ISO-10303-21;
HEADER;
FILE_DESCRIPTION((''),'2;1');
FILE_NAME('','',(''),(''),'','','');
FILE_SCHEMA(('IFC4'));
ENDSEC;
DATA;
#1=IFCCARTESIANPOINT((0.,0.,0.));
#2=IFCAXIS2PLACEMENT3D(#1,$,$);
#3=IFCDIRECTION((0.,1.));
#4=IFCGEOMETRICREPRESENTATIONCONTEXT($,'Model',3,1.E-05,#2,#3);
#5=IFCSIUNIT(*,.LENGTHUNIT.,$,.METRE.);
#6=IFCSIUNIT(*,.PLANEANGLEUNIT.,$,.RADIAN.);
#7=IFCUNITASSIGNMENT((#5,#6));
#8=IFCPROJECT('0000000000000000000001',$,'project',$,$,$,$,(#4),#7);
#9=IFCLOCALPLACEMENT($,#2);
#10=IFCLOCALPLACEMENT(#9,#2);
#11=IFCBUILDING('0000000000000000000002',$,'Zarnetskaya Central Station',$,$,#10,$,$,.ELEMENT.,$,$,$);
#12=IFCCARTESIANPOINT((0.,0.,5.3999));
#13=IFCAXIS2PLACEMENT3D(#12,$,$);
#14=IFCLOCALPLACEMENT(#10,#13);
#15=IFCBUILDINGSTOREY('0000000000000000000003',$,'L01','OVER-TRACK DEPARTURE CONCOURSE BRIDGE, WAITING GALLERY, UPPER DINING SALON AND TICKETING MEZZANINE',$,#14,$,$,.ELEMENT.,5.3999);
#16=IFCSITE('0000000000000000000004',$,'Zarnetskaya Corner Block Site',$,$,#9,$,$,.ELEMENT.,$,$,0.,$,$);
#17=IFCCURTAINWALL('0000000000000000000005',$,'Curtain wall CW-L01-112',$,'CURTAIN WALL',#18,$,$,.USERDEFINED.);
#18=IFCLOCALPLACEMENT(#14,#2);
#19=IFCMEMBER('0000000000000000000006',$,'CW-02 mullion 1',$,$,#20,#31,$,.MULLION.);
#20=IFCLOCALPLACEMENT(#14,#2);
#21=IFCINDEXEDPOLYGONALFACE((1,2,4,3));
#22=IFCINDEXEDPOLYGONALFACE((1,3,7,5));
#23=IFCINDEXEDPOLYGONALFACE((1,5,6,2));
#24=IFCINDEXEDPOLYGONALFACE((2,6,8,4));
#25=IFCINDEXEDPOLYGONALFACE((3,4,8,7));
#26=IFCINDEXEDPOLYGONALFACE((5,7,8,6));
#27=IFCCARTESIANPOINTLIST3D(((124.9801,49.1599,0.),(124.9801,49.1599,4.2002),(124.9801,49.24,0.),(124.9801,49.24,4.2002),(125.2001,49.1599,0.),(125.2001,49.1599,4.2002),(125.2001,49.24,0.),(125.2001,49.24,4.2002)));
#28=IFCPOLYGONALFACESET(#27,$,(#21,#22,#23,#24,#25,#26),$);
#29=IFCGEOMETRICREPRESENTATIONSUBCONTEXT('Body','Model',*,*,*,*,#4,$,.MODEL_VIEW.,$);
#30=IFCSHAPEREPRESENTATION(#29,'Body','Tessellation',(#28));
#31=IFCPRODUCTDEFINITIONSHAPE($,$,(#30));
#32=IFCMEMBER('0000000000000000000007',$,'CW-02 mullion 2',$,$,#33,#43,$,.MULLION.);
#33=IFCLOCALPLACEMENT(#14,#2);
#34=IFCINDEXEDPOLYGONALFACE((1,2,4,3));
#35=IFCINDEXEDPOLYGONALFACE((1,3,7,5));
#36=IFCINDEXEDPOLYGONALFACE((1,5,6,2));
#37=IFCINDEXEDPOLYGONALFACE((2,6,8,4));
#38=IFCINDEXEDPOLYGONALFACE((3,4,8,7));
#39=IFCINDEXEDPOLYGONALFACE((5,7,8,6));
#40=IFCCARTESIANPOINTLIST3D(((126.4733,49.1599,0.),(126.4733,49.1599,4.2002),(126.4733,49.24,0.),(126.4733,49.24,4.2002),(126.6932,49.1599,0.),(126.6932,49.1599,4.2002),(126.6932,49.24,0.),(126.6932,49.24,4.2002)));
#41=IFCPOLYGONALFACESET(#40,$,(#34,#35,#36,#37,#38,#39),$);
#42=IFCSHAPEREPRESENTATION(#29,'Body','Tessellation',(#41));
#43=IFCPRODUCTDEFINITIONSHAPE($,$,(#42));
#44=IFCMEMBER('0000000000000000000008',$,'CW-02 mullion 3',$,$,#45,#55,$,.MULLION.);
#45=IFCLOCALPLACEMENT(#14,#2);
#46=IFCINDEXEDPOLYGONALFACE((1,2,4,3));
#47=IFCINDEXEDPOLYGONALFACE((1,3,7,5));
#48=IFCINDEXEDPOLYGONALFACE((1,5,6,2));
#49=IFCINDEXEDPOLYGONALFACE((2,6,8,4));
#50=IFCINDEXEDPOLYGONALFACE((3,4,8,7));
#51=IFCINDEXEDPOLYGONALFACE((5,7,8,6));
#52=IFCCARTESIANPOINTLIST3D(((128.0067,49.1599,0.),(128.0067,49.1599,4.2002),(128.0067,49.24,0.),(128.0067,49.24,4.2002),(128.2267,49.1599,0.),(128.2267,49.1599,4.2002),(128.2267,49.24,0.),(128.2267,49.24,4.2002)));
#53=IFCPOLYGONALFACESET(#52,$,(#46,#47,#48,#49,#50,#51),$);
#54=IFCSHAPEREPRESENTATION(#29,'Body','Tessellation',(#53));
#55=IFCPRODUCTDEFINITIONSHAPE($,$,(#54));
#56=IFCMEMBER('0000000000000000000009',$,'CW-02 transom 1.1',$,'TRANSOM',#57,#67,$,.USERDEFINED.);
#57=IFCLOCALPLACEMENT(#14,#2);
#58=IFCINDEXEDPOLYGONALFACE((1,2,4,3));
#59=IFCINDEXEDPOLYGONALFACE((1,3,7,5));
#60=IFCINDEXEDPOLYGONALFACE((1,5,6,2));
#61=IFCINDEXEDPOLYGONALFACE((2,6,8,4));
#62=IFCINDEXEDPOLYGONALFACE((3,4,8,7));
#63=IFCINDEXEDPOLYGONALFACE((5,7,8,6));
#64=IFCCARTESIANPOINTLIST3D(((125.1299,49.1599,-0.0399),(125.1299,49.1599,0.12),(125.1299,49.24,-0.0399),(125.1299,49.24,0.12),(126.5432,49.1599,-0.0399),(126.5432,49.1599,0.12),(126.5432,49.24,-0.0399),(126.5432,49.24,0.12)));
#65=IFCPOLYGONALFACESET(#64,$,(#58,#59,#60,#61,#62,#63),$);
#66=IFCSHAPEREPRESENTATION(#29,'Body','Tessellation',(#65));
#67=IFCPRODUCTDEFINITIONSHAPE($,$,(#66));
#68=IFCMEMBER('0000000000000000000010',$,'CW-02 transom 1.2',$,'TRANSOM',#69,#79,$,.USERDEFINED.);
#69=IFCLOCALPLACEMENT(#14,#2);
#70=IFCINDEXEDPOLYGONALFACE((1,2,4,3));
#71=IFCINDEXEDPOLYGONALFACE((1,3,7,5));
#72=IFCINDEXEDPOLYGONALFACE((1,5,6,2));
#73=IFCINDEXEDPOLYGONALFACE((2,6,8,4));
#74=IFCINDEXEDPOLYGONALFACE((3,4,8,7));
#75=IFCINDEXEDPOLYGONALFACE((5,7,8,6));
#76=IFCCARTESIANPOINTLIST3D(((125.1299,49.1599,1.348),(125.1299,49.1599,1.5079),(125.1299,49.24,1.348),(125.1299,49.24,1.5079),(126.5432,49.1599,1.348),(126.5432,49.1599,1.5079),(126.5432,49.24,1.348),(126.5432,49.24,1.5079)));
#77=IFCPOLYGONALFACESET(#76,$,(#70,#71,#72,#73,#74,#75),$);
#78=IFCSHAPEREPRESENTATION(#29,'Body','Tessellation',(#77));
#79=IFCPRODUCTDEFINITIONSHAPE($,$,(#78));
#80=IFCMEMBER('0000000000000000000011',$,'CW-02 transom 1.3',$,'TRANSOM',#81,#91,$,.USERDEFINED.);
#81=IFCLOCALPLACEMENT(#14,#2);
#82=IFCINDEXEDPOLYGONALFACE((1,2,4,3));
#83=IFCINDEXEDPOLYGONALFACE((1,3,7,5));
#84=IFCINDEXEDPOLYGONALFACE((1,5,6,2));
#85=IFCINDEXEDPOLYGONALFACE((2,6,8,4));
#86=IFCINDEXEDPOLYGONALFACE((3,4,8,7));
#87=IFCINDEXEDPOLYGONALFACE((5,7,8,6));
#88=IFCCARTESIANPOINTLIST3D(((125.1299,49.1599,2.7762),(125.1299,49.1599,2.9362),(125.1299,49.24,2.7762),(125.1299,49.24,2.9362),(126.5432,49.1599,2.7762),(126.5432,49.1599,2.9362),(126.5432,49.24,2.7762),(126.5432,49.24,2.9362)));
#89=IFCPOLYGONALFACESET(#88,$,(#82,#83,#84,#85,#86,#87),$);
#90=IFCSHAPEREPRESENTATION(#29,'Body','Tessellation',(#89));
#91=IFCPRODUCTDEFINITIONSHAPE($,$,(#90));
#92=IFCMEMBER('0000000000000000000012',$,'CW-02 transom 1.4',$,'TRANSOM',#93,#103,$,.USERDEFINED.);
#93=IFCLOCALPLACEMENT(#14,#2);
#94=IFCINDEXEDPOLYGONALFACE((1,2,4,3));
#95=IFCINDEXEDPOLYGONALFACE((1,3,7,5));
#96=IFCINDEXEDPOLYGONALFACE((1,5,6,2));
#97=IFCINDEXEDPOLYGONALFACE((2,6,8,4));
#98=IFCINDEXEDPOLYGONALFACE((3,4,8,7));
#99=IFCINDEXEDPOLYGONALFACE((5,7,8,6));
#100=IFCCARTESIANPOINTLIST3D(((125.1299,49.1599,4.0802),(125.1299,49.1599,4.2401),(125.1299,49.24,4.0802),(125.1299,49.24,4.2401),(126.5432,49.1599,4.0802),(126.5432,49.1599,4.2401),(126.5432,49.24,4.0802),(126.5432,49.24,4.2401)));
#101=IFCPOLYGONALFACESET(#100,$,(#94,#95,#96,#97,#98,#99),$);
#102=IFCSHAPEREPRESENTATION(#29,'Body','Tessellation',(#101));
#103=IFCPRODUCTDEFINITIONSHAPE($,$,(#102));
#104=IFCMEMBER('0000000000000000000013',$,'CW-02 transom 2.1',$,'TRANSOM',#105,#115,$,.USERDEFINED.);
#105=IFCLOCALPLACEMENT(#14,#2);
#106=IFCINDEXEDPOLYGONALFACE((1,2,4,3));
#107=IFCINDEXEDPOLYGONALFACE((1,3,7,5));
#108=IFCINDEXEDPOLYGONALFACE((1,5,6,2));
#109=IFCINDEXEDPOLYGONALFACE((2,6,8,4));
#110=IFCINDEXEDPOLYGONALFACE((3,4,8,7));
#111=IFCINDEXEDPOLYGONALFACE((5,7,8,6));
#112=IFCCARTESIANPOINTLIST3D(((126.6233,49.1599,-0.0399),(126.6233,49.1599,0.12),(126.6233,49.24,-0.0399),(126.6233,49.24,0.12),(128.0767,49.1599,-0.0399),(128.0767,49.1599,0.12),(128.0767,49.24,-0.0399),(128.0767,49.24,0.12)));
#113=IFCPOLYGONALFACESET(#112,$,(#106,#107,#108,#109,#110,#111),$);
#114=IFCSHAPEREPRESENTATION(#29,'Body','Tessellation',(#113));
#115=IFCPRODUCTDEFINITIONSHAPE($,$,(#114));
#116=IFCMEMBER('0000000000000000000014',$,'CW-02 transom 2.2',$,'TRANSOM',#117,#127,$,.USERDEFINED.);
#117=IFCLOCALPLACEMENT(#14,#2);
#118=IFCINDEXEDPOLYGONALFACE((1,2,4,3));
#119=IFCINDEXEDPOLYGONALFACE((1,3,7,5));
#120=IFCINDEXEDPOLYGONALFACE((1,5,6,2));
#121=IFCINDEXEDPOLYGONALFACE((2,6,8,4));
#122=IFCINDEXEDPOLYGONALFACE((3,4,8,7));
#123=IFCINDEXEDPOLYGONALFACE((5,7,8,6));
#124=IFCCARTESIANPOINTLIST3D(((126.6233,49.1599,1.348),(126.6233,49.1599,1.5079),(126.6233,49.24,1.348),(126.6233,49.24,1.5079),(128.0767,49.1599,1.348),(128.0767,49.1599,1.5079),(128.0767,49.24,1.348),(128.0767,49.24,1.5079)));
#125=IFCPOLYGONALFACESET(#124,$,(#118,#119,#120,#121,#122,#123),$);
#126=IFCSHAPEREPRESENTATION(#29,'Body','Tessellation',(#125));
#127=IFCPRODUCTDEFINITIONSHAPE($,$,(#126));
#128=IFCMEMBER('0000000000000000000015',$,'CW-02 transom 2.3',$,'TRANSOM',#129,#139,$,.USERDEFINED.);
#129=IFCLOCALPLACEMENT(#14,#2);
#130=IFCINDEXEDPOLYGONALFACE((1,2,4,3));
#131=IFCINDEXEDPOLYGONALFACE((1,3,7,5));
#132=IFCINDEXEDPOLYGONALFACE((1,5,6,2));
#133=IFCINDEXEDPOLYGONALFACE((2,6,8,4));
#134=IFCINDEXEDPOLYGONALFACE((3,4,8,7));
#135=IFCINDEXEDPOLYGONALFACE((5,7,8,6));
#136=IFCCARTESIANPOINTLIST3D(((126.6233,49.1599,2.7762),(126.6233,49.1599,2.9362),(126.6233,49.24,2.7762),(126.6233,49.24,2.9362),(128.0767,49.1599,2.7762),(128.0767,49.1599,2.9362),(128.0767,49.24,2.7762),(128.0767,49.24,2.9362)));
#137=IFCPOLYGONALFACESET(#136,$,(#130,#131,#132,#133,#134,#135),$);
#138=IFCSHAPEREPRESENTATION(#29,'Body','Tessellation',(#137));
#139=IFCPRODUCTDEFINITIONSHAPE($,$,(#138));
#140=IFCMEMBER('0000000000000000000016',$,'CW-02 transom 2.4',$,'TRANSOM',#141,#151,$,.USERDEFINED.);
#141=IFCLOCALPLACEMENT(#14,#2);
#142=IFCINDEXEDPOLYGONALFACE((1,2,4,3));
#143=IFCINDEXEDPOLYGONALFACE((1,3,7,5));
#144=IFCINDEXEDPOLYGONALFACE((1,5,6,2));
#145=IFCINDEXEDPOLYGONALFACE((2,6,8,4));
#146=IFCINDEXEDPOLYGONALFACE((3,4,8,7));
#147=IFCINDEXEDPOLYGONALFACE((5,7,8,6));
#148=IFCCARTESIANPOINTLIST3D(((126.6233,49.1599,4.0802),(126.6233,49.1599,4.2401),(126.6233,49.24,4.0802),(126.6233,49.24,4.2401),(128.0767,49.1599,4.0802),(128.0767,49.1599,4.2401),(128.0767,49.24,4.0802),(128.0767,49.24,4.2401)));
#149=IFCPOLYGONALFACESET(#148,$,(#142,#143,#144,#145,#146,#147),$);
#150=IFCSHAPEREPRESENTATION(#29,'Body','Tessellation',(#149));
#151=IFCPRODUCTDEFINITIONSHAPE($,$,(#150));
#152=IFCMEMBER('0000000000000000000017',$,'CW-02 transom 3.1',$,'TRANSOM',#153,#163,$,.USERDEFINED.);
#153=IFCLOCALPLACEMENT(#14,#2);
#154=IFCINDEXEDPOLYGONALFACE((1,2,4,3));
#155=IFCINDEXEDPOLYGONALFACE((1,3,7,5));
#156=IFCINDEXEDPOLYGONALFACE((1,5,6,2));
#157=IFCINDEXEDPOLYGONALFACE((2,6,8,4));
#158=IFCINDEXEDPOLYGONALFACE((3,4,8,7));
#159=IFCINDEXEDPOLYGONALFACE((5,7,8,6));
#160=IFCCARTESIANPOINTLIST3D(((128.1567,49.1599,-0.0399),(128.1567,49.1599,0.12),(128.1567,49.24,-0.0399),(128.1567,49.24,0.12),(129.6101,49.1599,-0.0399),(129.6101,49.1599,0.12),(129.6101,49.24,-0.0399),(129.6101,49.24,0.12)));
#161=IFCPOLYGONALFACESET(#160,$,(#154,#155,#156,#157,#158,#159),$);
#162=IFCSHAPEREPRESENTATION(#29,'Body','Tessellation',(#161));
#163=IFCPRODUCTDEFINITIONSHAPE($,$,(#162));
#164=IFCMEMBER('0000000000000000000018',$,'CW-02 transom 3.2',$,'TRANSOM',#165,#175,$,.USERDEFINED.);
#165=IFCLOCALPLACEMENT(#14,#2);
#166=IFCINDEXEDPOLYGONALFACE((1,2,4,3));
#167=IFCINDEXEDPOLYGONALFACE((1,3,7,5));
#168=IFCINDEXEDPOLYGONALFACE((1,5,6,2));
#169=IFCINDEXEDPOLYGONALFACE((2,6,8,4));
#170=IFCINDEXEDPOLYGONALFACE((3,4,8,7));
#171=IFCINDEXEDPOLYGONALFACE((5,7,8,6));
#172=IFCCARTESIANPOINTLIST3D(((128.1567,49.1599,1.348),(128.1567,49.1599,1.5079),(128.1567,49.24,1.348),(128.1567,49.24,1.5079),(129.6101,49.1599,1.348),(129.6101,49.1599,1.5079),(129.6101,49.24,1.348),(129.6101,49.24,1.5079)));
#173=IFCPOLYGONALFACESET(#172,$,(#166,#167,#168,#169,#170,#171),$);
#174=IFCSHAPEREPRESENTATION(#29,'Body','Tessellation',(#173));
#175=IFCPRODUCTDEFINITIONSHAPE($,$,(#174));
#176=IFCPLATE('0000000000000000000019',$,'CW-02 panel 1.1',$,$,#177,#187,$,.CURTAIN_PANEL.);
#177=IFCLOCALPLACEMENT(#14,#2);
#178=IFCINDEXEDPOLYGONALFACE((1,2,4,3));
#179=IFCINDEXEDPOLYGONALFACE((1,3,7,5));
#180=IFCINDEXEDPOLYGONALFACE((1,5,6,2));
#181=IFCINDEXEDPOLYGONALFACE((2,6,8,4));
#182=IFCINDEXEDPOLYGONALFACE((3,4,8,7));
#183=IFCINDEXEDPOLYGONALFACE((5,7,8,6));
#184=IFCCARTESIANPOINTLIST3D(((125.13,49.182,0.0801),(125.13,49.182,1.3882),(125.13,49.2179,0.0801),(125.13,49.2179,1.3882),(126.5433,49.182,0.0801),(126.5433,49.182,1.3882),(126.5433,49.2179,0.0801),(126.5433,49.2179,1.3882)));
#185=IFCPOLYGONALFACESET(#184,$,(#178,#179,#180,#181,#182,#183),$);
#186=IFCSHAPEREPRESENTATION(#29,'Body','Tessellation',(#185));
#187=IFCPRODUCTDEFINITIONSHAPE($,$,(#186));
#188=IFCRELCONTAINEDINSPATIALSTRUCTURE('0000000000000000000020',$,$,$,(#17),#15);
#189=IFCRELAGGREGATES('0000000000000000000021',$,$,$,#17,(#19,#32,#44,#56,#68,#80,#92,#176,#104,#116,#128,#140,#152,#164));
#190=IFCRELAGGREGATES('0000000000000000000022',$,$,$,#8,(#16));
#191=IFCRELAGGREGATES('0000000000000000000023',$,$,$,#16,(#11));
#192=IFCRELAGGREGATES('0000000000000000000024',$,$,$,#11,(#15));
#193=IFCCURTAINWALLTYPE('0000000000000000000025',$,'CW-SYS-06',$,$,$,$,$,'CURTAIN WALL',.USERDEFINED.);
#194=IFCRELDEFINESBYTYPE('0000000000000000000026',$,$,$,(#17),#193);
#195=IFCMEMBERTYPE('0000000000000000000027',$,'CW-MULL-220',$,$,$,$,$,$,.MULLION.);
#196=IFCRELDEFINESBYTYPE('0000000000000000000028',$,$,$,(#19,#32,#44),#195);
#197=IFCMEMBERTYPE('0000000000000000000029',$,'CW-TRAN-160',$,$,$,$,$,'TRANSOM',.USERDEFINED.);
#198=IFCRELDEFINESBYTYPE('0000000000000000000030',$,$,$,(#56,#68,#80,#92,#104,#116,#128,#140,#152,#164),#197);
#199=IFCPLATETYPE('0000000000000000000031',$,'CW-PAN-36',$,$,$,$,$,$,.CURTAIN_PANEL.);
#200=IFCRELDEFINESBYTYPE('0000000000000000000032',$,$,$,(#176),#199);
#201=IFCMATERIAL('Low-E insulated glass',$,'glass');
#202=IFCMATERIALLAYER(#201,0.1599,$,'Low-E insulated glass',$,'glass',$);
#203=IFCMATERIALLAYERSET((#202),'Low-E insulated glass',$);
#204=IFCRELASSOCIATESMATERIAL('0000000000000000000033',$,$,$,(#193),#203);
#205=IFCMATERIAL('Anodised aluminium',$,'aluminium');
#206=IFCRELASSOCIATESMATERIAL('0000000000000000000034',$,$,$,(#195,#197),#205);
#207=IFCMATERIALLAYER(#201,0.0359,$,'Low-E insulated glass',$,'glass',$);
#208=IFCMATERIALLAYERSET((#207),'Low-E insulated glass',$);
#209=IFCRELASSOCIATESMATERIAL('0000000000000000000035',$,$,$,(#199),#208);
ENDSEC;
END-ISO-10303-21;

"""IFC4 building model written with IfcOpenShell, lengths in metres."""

from ifc_helpers import new_model, si_unit, direction, frame, origin, origin_2d, place, context, subcontext, project, spatial, rectangle, extrude, material, layer, layer_set, material_profile, profile_set, type_object, element, aggregate, save


model = new_model("IFC4")

# Units and contexts
model_context = context("Model", 3, precision=1e-05, world=origin(), true_north=direction((0.0, 1.0)))
body_context = subcontext(model_context, "Body", "Model", "MODEL_VIEW")
ifc_project = project(units=[si_unit("LENGTHUNIT", "METRE"), si_unit("PLANEANGLEUNIT", "RADIAN")], contexts=[model_context])

# Site, building, storey
site_placement = place(None, origin())
site = spatial("IfcSite", under=ifc_project, at=site_placement, Name="Zarnetskaya Corner Block Site", CompositionType="ELEMENT", RefElevation=0.0)
building_placement = place(site_placement, origin())
building = spatial("IfcBuilding", under=site, at=building_placement, Name="Zarnetskaya Central Station", CompositionType="ELEMENT")
storey_placement = place(building_placement, frame((0.0, 0.0, 5.3999)))
storey = spatial("IfcBuildingStorey", under=building, at=storey_placement, Name="L01", Description="OVER-TRACK DEPARTURE CONCOURSE BRIDGE, WAITING GALLERY, UPPER DINING SALON AND TICKETING MEZZANINE", CompositionType="ELEMENT", Elevation=5.3999)

# Curtain wall, members, plate
ifc_material_1 = material(Name="Low-E insulated glass", Category="glass")
ifc_layer_1 = layer(ifc_material_1, 0.1599, Name="Low-E insulated glass", Category="glass")
ifc_layer_set_1 = layer_set([ifc_layer_1], Name="Low-E insulated glass")
curtain_wall_type = type_object("IfcCurtainWallType", Name="CW-SYS-06", ElementType="CURTAIN WALL", PredefinedType="USERDEFINED", material=ifc_layer_set_1)
curtain_wall_placement = place(storey_placement, origin())
curtain_wall = element("IfcCurtainWall", 1, at=curtain_wall_placement, inside=storey, type_object=curtain_wall_type, Name="Curtain wall CW-L01-112", ObjectType="CURTAIN WALL", PredefinedType="USERDEFINED")
ifc_material_2 = material(Name="Anodised aluminium", Category="aluminium")
ifc_material_profile_1 = material_profile(ifc_material_2, rectangle(XDim=0.0801, YDim=0.22, at=origin_2d()), Name="ALU MULL 80x220")
ifc_profile_set_1 = profile_set([ifc_material_profile_1], Name="Anodised aluminium")
member_type_1 = type_object("IfcMemberType", Name="CW-MULL-220", PredefinedType="MULLION", material=ifc_profile_set_1)
member_1_placement = place(storey_placement, frame((125.0901, 49.2, 0.0), z_axis=(0.0, 0.0, 1.0), x_axis=(0.0, 1.0, 0.0)))
member_1 = element("IfcMember", 2, at=member_1_placement, type_object=member_type_1, Name="CW-02 mullion 1", PredefinedType="MULLION", context=body_context, shape_type="SweptSolid", body=[
    extrude(rectangle(XDim=0.0801, YDim=0.22, at=origin_2d()), origin(), (0.0, 0.0, 1.0), 4.2002),
])
member_2_placement = place(storey_placement, frame((126.5833, 49.2, 0.0), z_axis=(0.0, 0.0, 1.0), x_axis=(0.0, 1.0, 0.0)))
member_2 = element("IfcMember", 3, at=member_2_placement, type_object=member_type_1, Name="CW-02 mullion 2", PredefinedType="MULLION", context=body_context, shape_type="SweptSolid", body=[
    extrude(rectangle(XDim=0.0801, YDim=0.22, at=origin_2d()), origin(), (0.0, 0.0, 1.0), 4.2002),
])
member_3_placement = place(storey_placement, frame((128.1167, 49.2, 0.0), z_axis=(0.0, 0.0, 1.0), x_axis=(0.0, 1.0, 0.0)))
member_3 = element("IfcMember", 4, at=member_3_placement, type_object=member_type_1, Name="CW-02 mullion 3", PredefinedType="MULLION", context=body_context, shape_type="SweptSolid", body=[
    extrude(rectangle(XDim=0.0801, YDim=0.22, at=origin_2d()), origin(), (0.0, 0.0, 1.0), 4.2002),
])
ifc_material_profile_2 = material_profile(ifc_material_2, rectangle(XDim=0.0801, YDim=0.1599, at=origin_2d()), Name="ALU TRAN 80x160")
ifc_profile_set_2 = profile_set([ifc_material_profile_2], Name="Anodised aluminium")
member_type_2 = type_object("IfcMemberType", Name="CW-TRAN-160", ElementType="TRANSOM", PredefinedType="USERDEFINED", material=ifc_profile_set_2)
member_4_placement = place(storey_placement, frame((125.1299, 49.2, 0.04), z_axis=(1.0, 0.0, 0.0), x_axis=(0.0, 1.0, 0.0)))
member_4 = element("IfcMember", 5, at=member_4_placement, type_object=member_type_2, Name="CW-02 transom 1.1", ObjectType="TRANSOM", PredefinedType="USERDEFINED", context=body_context, shape_type="SweptSolid", body=[
    extrude(rectangle(XDim=0.0801, YDim=0.1599, at=origin_2d()), origin(), (0.0, 0.0, 1.0), 1.4133),
])
member_5_placement = place(storey_placement, frame((125.1299, 49.2, 1.428), z_axis=(1.0, 0.0, 0.0), x_axis=(0.0, 1.0, 0.0)))
member_5 = element("IfcMember", 6, at=member_5_placement, type_object=member_type_2, Name="CW-02 transom 1.2", ObjectType="TRANSOM", PredefinedType="USERDEFINED", context=body_context, shape_type="SweptSolid", body=[
    extrude(rectangle(XDim=0.0801, YDim=0.1599, at=origin_2d()), origin(), (0.0, 0.0, 1.0), 1.4133),
])
member_6_placement = place(storey_placement, frame((125.1299, 49.2, 2.8562), z_axis=(1.0, 0.0, 0.0), x_axis=(0.0, 1.0, 0.0)))
member_6 = element("IfcMember", 7, at=member_6_placement, type_object=member_type_2, Name="CW-02 transom 1.3", ObjectType="TRANSOM", PredefinedType="USERDEFINED", context=body_context, shape_type="SweptSolid", body=[
    extrude(rectangle(XDim=0.0801, YDim=0.1599, at=origin_2d()), origin(), (0.0, 0.0, 1.0), 1.4133),
])
member_7_placement = place(storey_placement, frame((125.1299, 49.2, 4.1602), z_axis=(1.0, 0.0, 0.0), x_axis=(0.0, 1.0, 0.0)))
member_7 = element("IfcMember", 8, at=member_7_placement, type_object=member_type_2, Name="CW-02 transom 1.4", ObjectType="TRANSOM", PredefinedType="USERDEFINED", context=body_context, shape_type="SweptSolid", body=[
    extrude(rectangle(XDim=0.0801, YDim=0.1599, at=origin_2d()), origin(), (0.0, 0.0, 1.0), 1.4133),
])
member_8_placement = place(storey_placement, frame((126.6233, 49.2, 0.04), z_axis=(1.0, 0.0, 0.0), x_axis=(0.0, 1.0, 0.0)))
member_8 = element("IfcMember", 9, at=member_8_placement, type_object=member_type_2, Name="CW-02 transom 2.1", ObjectType="TRANSOM", PredefinedType="USERDEFINED", context=body_context, shape_type="SweptSolid", body=[
    extrude(rectangle(XDim=0.0801, YDim=0.1599, at=origin_2d()), origin(), (0.0, 0.0, 1.0), 1.4534),
])
member_9_placement = place(storey_placement, frame((126.6233, 49.2, 1.428), z_axis=(1.0, 0.0, 0.0), x_axis=(0.0, 1.0, 0.0)))
member_9 = element("IfcMember", 10, at=member_9_placement, type_object=member_type_2, Name="CW-02 transom 2.2", ObjectType="TRANSOM", PredefinedType="USERDEFINED", context=body_context, shape_type="SweptSolid", body=[
    extrude(rectangle(XDim=0.0801, YDim=0.1599, at=origin_2d()), origin(), (0.0, 0.0, 1.0), 1.4534),
])
member_10_placement = place(storey_placement, frame((126.6233, 49.2, 2.8562), z_axis=(1.0, 0.0, 0.0), x_axis=(0.0, 1.0, 0.0)))
member_10 = element("IfcMember", 11, at=member_10_placement, type_object=member_type_2, Name="CW-02 transom 2.3", ObjectType="TRANSOM", PredefinedType="USERDEFINED", context=body_context, shape_type="SweptSolid", body=[
    extrude(rectangle(XDim=0.0801, YDim=0.1599, at=origin_2d()), origin(), (0.0, 0.0, 1.0), 1.4534),
])
member_11_placement = place(storey_placement, frame((126.6233, 49.2, 4.1602), z_axis=(1.0, 0.0, 0.0), x_axis=(0.0, 1.0, 0.0)))
member_11 = element("IfcMember", 12, at=member_11_placement, type_object=member_type_2, Name="CW-02 transom 2.4", ObjectType="TRANSOM", PredefinedType="USERDEFINED", context=body_context, shape_type="SweptSolid", body=[
    extrude(rectangle(XDim=0.0801, YDim=0.1599, at=origin_2d()), origin(), (0.0, 0.0, 1.0), 1.4534),
])
member_12_placement = place(storey_placement, frame((128.1567, 49.2, 0.04), z_axis=(1.0, 0.0, 0.0), x_axis=(0.0, 1.0, 0.0)))
member_12 = element("IfcMember", 13, at=member_12_placement, type_object=member_type_2, Name="CW-02 transom 3.1", ObjectType="TRANSOM", PredefinedType="USERDEFINED", context=body_context, shape_type="SweptSolid", body=[
    extrude(rectangle(XDim=0.0801, YDim=0.1599, at=origin_2d()), origin(), (0.0, 0.0, 1.0), 1.4534),
])
member_13_placement = place(storey_placement, frame((128.1567, 49.2, 1.428), z_axis=(1.0, 0.0, 0.0), x_axis=(0.0, 1.0, 0.0)))
member_13 = element("IfcMember", 14, at=member_13_placement, type_object=member_type_2, Name="CW-02 transom 3.2", ObjectType="TRANSOM", PredefinedType="USERDEFINED", context=body_context, shape_type="SweptSolid", body=[
    extrude(rectangle(XDim=0.0801, YDim=0.1599, at=origin_2d()), origin(), (0.0, 0.0, 1.0), 1.4534),
])
ifc_layer_2 = layer(ifc_material_1, 0.0359, Name="Low-E insulated glass", Category="glass")
ifc_layer_set_2 = layer_set([ifc_layer_2], Name="Low-E insulated glass")
plate_type = type_object("IfcPlateType", Name="CW-PAN-36", PredefinedType="CURTAIN_PANEL", material=ifc_layer_set_2)
plate_1_placement = place(storey_placement, frame((125.8367, 49.2, 0.0801), z_axis=(0.0, 0.0, 1.0), x_axis=(1.0, 0.0, 0.0)))
plate_1 = element("IfcPlate", 15, at=plate_1_placement, type_object=plate_type, Name="CW-02 panel 1.1", PredefinedType="CURTAIN_PANEL", context=body_context, shape_type="SweptSolid", body=[
    extrude(rectangle(XDim=1.4133, YDim=0.0359, at=origin_2d()), origin(), (0.0, 0.0, 1.0), 1.3081),
])
aggregate(curtain_wall, [member_1, member_2, member_3, member_4, member_5, member_6, member_7, plate_1, member_8, member_9, member_10, member_11, member_12, member_13])

save(model, "model.ifc")
